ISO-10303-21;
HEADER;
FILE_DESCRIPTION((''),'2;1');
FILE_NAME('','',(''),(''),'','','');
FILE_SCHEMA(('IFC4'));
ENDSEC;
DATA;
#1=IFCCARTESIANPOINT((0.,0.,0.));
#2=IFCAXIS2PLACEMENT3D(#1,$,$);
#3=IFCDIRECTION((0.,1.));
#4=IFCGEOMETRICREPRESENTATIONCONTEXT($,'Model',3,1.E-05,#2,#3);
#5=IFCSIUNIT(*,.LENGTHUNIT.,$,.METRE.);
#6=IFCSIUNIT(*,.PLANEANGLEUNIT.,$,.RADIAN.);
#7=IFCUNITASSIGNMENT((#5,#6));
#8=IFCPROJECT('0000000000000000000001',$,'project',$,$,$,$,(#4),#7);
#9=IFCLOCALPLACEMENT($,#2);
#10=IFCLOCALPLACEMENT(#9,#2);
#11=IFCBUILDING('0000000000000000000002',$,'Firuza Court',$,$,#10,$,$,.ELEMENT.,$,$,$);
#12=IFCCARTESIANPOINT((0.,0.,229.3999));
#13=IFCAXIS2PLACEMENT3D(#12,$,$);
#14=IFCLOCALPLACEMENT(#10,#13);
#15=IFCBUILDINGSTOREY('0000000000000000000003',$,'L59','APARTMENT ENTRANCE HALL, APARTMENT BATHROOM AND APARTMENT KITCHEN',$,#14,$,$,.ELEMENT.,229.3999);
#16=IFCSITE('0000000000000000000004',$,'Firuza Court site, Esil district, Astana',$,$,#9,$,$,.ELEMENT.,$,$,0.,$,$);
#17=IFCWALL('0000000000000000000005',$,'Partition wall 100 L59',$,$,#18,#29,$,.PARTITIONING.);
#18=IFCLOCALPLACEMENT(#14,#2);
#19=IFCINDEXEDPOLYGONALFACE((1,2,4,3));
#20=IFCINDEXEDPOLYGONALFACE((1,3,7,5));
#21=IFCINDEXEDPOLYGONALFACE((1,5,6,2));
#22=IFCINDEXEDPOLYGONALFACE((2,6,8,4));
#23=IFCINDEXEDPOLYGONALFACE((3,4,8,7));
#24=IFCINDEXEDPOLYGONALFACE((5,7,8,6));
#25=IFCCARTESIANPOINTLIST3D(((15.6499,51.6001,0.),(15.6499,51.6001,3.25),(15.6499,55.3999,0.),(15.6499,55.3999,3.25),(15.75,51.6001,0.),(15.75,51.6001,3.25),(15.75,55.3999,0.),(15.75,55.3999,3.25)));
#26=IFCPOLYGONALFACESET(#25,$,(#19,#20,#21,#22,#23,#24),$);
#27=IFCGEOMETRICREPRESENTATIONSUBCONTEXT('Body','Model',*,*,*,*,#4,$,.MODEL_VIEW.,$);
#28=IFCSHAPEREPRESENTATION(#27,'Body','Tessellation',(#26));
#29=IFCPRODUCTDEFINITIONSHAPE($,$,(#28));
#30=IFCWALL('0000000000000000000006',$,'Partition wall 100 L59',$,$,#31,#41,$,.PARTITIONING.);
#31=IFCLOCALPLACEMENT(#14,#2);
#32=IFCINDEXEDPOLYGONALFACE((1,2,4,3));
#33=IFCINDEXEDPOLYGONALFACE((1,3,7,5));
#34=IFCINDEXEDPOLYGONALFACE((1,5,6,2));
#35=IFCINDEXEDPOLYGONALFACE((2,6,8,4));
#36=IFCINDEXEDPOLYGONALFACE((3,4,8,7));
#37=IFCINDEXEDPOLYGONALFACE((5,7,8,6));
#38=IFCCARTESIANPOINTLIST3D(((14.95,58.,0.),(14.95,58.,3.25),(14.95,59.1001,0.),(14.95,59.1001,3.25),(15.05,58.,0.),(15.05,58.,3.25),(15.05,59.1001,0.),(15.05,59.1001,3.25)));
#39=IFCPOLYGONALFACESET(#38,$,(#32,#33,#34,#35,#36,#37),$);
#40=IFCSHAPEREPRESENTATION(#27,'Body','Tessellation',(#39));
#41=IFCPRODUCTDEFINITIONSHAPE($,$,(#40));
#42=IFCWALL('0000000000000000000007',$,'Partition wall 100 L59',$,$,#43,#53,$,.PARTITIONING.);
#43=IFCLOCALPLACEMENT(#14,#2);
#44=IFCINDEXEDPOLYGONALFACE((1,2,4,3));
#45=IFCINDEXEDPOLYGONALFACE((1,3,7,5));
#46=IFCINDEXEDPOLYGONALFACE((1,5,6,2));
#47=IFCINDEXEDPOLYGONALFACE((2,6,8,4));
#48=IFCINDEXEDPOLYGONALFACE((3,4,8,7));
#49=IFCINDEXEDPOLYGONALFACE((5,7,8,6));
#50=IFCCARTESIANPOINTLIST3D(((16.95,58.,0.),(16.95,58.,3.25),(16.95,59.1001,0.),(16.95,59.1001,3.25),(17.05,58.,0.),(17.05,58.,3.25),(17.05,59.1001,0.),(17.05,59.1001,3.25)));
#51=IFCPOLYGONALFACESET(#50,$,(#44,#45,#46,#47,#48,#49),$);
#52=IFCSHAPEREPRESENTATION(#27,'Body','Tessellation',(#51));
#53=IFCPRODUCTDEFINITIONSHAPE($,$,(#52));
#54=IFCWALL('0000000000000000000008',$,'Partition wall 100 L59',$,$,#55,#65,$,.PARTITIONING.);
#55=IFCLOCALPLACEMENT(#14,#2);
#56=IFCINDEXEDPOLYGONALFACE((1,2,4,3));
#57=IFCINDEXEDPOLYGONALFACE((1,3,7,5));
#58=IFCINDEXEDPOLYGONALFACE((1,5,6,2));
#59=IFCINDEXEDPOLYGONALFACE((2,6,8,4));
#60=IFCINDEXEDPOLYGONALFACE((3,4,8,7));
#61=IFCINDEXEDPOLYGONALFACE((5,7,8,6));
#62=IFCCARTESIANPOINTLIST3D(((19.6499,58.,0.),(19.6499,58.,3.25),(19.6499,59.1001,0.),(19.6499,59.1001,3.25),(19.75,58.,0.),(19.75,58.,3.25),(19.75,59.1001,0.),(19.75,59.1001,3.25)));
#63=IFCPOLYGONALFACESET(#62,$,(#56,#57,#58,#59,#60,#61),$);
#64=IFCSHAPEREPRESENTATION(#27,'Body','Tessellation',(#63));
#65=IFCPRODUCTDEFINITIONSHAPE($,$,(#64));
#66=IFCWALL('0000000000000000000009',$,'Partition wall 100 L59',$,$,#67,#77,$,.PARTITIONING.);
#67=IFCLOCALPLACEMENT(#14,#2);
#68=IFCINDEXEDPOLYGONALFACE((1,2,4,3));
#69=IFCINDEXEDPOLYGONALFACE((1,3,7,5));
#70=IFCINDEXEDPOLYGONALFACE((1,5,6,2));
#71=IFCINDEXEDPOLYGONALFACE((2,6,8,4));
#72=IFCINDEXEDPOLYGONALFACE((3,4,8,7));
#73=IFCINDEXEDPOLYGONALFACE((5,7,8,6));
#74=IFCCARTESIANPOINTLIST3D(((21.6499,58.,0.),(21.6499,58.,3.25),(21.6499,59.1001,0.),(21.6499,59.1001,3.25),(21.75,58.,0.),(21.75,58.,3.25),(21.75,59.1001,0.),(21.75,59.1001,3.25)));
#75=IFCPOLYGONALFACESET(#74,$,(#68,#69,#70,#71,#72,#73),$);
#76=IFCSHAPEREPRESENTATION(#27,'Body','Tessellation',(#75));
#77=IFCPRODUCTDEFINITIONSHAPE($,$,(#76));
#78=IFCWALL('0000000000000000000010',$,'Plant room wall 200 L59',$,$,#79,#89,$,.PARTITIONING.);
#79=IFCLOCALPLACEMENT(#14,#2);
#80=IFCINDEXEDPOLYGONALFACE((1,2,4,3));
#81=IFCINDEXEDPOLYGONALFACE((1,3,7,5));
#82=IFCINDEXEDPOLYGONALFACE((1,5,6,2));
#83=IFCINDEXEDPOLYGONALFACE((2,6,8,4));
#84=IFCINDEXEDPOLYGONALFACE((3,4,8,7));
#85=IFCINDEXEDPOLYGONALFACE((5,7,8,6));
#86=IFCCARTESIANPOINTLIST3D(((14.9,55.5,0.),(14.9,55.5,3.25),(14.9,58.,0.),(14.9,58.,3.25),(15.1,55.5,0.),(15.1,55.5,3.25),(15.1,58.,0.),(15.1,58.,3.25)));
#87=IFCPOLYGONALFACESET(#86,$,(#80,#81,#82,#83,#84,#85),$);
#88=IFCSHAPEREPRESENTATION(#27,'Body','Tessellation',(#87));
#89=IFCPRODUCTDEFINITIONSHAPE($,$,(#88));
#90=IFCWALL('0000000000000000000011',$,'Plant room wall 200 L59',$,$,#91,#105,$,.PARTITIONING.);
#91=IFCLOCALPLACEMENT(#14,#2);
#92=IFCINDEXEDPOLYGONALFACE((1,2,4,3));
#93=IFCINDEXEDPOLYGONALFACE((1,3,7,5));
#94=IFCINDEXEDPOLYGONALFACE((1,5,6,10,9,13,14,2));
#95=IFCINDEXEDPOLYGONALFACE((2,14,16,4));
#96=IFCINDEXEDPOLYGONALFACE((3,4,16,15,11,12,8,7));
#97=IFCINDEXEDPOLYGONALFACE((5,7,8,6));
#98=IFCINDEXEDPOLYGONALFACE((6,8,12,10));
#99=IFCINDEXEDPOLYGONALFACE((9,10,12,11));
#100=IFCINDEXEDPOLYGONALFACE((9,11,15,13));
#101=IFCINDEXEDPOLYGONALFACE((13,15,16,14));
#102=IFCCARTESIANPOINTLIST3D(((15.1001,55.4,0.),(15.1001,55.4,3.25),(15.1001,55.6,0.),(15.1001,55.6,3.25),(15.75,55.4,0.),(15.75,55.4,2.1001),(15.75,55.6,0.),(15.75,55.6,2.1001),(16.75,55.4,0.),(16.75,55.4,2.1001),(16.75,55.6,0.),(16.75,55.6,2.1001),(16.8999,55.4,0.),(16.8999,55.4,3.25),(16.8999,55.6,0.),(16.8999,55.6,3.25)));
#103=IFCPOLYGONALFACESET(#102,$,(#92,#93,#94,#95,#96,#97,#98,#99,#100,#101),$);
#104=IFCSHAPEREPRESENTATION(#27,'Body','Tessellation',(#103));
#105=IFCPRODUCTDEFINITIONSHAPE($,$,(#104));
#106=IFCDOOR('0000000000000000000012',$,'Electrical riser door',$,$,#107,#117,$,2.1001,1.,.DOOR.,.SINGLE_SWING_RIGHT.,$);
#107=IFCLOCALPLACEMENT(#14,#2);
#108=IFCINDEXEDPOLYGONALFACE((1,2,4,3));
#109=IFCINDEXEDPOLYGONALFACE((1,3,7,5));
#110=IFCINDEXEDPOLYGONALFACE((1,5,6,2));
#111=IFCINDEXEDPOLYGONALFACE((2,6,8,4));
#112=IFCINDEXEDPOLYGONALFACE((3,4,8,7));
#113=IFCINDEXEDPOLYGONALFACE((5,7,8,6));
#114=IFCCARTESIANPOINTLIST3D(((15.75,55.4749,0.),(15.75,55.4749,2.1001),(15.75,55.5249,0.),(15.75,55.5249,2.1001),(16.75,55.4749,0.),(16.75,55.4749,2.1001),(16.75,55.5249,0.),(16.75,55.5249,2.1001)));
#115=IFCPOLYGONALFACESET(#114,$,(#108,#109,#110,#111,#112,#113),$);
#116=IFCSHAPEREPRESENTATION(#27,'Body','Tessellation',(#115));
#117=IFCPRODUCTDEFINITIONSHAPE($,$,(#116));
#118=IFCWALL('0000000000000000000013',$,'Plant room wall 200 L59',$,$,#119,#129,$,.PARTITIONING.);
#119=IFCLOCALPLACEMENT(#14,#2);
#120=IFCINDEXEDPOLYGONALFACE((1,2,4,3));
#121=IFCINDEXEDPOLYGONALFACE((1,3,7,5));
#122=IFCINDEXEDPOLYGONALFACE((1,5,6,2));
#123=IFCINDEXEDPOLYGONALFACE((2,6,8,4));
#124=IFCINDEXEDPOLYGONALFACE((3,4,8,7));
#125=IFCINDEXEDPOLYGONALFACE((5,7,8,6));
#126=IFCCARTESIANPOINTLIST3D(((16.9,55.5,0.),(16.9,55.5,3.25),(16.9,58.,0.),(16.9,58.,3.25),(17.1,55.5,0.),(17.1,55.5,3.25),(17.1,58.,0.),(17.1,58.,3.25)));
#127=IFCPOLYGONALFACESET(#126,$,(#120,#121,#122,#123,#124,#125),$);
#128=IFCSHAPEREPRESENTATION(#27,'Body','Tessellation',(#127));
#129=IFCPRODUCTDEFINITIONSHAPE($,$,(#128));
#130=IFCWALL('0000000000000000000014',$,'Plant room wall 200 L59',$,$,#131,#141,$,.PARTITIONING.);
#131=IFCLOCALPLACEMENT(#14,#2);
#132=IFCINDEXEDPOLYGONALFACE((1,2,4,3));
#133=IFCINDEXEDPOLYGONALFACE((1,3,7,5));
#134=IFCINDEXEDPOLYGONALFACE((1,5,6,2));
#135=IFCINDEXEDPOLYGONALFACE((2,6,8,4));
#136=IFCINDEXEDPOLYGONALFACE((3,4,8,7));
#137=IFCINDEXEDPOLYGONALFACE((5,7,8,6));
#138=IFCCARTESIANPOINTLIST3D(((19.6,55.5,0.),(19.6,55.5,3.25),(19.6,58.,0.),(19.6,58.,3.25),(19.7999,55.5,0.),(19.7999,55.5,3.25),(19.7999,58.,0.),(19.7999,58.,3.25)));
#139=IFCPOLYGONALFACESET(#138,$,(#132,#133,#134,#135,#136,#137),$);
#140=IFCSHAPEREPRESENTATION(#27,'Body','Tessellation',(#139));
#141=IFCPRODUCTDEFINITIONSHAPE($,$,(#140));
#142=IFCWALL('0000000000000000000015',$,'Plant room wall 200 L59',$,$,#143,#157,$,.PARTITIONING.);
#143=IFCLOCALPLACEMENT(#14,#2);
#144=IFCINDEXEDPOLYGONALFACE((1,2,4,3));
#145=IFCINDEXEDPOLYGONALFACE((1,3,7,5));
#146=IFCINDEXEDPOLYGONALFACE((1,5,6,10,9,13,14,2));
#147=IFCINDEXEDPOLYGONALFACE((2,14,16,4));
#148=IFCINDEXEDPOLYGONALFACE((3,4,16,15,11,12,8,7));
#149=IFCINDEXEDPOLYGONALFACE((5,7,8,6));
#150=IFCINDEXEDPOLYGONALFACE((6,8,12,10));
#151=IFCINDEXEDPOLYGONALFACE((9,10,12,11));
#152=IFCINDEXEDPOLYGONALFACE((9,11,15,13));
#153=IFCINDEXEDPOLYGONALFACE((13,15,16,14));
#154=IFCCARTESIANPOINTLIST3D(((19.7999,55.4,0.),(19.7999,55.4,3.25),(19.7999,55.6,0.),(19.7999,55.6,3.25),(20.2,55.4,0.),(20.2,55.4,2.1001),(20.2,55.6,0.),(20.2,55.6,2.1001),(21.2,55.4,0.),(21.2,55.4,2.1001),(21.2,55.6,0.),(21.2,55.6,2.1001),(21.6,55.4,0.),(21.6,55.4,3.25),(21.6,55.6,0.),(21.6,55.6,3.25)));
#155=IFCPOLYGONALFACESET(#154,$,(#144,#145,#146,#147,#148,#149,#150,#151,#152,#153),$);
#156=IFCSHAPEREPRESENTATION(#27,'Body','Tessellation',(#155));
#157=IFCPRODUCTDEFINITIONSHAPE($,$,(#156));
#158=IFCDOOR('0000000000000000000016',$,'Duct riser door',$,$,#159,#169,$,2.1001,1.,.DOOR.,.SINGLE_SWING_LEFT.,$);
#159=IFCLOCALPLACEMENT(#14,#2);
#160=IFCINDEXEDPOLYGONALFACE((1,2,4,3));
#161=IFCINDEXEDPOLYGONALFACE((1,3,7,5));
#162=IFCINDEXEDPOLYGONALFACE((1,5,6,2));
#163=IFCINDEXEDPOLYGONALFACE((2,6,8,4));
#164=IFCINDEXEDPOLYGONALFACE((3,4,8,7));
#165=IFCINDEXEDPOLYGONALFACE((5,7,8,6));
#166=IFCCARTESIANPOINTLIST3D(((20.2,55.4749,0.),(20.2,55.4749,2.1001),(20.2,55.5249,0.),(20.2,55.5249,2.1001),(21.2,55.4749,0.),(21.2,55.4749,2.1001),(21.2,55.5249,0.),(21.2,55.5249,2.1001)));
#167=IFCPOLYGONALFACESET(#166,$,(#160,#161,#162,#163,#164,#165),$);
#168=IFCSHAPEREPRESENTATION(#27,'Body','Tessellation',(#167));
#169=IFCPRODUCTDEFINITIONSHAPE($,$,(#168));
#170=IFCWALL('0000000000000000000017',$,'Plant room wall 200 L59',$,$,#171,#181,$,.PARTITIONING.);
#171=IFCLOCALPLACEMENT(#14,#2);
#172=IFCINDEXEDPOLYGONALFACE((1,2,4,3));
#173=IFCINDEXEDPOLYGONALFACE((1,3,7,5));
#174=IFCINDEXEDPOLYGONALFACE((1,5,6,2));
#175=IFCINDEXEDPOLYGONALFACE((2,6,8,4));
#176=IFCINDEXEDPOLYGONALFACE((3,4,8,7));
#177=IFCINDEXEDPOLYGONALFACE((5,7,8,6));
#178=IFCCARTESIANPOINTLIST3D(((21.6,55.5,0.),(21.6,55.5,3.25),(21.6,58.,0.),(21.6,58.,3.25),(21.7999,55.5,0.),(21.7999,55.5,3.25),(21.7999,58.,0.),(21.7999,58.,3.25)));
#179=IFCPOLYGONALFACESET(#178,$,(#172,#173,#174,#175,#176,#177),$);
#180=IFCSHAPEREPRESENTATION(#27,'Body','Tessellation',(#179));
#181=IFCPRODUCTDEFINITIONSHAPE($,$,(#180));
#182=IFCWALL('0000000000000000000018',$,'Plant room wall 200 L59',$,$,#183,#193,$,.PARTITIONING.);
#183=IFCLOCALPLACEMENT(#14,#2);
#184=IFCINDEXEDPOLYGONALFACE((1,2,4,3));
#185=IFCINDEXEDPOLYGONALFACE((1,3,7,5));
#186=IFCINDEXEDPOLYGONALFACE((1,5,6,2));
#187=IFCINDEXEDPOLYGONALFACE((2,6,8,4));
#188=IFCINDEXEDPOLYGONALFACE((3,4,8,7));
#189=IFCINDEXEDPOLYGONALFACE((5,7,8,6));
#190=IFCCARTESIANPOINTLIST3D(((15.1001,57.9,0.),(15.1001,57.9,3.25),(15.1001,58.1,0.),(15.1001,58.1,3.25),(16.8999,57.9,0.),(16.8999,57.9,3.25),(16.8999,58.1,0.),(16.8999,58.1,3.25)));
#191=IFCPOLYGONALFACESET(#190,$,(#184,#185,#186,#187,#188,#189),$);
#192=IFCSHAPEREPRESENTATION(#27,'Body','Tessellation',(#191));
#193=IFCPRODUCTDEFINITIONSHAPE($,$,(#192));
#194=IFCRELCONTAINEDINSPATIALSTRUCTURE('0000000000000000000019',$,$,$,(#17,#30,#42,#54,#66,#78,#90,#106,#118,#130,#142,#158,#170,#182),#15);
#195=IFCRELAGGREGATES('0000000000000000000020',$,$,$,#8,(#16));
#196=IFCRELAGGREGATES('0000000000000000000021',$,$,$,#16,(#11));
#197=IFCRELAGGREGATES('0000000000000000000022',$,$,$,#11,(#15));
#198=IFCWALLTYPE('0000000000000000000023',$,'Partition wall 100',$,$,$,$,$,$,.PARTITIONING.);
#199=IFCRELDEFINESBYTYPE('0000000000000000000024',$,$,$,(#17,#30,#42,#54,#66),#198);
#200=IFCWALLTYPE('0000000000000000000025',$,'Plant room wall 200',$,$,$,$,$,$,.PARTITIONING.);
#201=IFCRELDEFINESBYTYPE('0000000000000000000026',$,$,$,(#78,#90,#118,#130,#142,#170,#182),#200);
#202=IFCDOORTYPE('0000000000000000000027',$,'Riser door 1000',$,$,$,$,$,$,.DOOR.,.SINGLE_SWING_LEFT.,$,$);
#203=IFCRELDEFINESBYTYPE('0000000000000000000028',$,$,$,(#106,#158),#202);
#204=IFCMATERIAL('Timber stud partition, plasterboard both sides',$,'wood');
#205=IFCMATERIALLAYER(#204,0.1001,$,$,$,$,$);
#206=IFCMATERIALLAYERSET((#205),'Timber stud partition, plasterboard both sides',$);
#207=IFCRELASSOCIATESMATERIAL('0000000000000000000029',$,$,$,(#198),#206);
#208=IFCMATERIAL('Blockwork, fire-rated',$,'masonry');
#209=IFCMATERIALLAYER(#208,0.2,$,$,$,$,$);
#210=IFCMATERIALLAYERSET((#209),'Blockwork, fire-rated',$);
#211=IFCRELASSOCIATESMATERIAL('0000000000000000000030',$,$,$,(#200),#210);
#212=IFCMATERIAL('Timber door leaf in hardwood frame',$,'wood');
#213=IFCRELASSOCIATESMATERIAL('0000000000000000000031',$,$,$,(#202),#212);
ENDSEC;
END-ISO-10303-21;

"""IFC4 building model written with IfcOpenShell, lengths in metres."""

from ifc_helpers import new_model, si_unit, direction, frame, frame_2d, origin, place, context, subcontext, project, spatial, rectangle, extrude, material, layer, layer_set, type_object, element, fill, save


model = new_model("IFC4")

# Units and contexts
model_context = context("Model", 3, precision=1e-05, world=origin(), true_north=direction((0.0, 1.0)))
body_context = subcontext(model_context, "Body", "Model", "MODEL_VIEW")
ifc_project = project(units=[si_unit("LENGTHUNIT", "METRE"), si_unit("PLANEANGLEUNIT", "RADIAN")], contexts=[model_context])

# Site, building, storey
site_placement = place(None, origin())
site = spatial("IfcSite", under=ifc_project, at=site_placement, Name="Firuza Court site, Esil district, Astana", CompositionType="ELEMENT", RefElevation=0.0)
building_placement = place(site_placement, origin())
building = spatial("IfcBuilding", under=site, at=building_placement, Name="Firuza Court", CompositionType="ELEMENT")
storey_placement = place(building_placement, frame((0.0, 0.0, 229.3999)))
storey = spatial("IfcBuildingStorey", under=building, at=storey_placement, Name="L59", Description="APARTMENT ENTRANCE HALL, APARTMENT BATHROOM AND APARTMENT KITCHEN", CompositionType="ELEMENT", Elevation=229.3999)

# Walls
ifc_material_1 = material(Name="Timber stud partition, plasterboard both sides", Category="wood")
ifc_layer_1 = layer(ifc_material_1, 0.1001)
ifc_layer_set_1 = layer_set([ifc_layer_1], Name="Timber stud partition, plasterboard both sides")
wall_type_1 = type_object("IfcWallType", Name="Partition wall 100", PredefinedType="PARTITIONING", material=ifc_layer_set_1)
wall_1_placement = place(storey_placement, frame((15.7, 51.6001, 0.0), z_axis=(0.0, 0.0, 1.0), x_axis=(0.0, 1.0, 0.0)))
element("IfcWall", 1, at=wall_1_placement, inside=storey, type_object=wall_type_1, Name="Partition wall 100 L59", PredefinedType="PARTITIONING", context=body_context, shape_type="SweptSolid", body=[
    extrude(rectangle(XDim=3.7998, YDim=0.1001, at=frame_2d((1.8999, 0.0))), origin(), (0.0, 0.0, 1.0), 3.25),
])
for number, where, z_axis, x_axis, name in (
    (2, (15.0, 58.0, 0.0), (0.0, 0.0, 1.0), (0.0, 1.0, 0.0), "Partition wall 100 L59"),
    (3, (17.0, 58.0, 0.0), (0.0, 0.0, 1.0), (0.0, 1.0, 0.0), "Partition wall 100 L59"),
    (4, (19.7, 58.0, 0.0), (0.0, 0.0, 1.0), (0.0, 1.0, 0.0), "Partition wall 100 L59"),
    (5, (21.7, 58.0, 0.0), (0.0, 0.0, 1.0), (0.0, 1.0, 0.0), "Partition wall 100 L59"),
):
    element("IfcWall", number, at=place(storey_placement, frame(where, z_axis=z_axis, x_axis=x_axis)), inside=storey, type_object=wall_type_1, Name=name, PredefinedType="PARTITIONING", context=body_context, shape_type="SweptSolid", body=[
        extrude(rectangle(XDim=1.1001, YDim=0.1001, at=frame_2d((0.55, 0.0))), origin(), (0.0, 0.0, 1.0), 3.25),
    ])
ifc_material_2 = material(Name="Blockwork, fire-rated", Category="masonry")
ifc_layer_2 = layer(ifc_material_2, 0.2)
ifc_layer_set_2 = layer_set([ifc_layer_2], Name="Blockwork, fire-rated")
wall_type_2 = type_object("IfcWallType", Name="Plant room wall 200", PredefinedType="PARTITIONING", material=ifc_layer_set_2)
wall_2_placement = place(storey_placement, frame((15.0, 55.5, 0.0), z_axis=(0.0, 0.0, 1.0), x_axis=(0.0, 1.0, 0.0)))
element("IfcWall", 6, at=wall_2_placement, inside=storey, type_object=wall_type_2, Name="Plant room wall 200 L59", PredefinedType="PARTITIONING", context=body_context, shape_type="SweptSolid", body=[
    extrude(rectangle(XDim=2.5, YDim=0.2, at=frame_2d((1.25, 0.0))), origin(), (0.0, 0.0, 1.0), 3.25),
])

# Wall, opening, door
wall_3_placement = place(storey_placement, frame((15.1001, 55.5, 0.0), z_axis=(0.0, 0.0, 1.0), x_axis=(1.0, 0.0, 0.0)))
wall_3 = element("IfcWall", 7, at=wall_3_placement, inside=storey, type_object=wall_type_2, Name="Plant room wall 200 L59", PredefinedType="PARTITIONING", context=body_context, shape_type="SweptSolid", body=[
    extrude(rectangle(XDim=1.7998, YDim=0.2, at=frame_2d((0.8999, 0.0))), origin(), (0.0, 0.0, 1.0), 3.25),
])
opening_1_placement = place(wall_3_placement, frame((0.6499, 0.0, 0.0)))
opening_1 = element("IfcOpeningElement", 8, at=opening_1_placement, cuts=wall_3, PredefinedType="OPENING", context=body_context, shape_type="SweptSolid", body=[
    extrude(rectangle(XDim=1.0, YDim=2.1001, at=frame_2d((0.5, 1.05))), frame((0.0, 0.1118, 0.0), z_axis=(0.0, -1.0, 0.0), x_axis=(1.0, 0.0, 0.0)), (0.0, 0.0, 1.0), 0.2239),
])
ifc_material_3 = material(Name="Timber door leaf in hardwood frame", Category="wood")
door_type = type_object("IfcDoorType", Name="Riser door 1000", OperationType="SINGLE_SWING_LEFT", PredefinedType="DOOR", material=ifc_material_3)
door_1_placement = place(opening_1_placement, origin())
door_1 = element("IfcDoor", 9, at=door_1_placement, inside=storey, type_object=door_type, Name="Electrical riser door", OperationType="SINGLE_SWING_RIGHT", OverallHeight=2.1001, OverallWidth=1.0, PredefinedType="DOOR", context=body_context, shape_type="SweptSolid", body=[
    extrude(rectangle(XDim=1.0, YDim=2.1001, at=frame_2d((0.5, 1.05))), frame((0.0, 0.0249, 0.0), z_axis=(0.0, -1.0, 0.0), x_axis=(1.0, 0.0, 0.0)), (0.0, 0.0, 1.0), 0.05),
])
fill(opening_1, door_1)

# Walls
for number, where, z_axis, x_axis, name in (
    (10, (17.0, 55.5, 0.0), (0.0, 0.0, 1.0), (0.0, 1.0, 0.0), "Plant room wall 200 L59"),
    (11, (19.7, 55.5, 0.0), (0.0, 0.0, 1.0), (0.0, 1.0, 0.0), "Plant room wall 200 L59"),
):
    element("IfcWall", number, at=place(storey_placement, frame(where, z_axis=z_axis, x_axis=x_axis)), inside=storey, type_object=wall_type_2, Name=name, PredefinedType="PARTITIONING", context=body_context, shape_type="SweptSolid", body=[
        extrude(rectangle(XDim=2.5, YDim=0.2, at=frame_2d((1.25, 0.0))), origin(), (0.0, 0.0, 1.0), 3.25),
    ])

# Wall, opening, door
wall_4_placement = place(storey_placement, frame((19.8, 55.5, 0.0), z_axis=(0.0, 0.0, 1.0), x_axis=(1.0, 0.0, 0.0)))
wall_4 = element("IfcWall", 12, at=wall_4_placement, inside=storey, type_object=wall_type_2, Name="Plant room wall 200 L59", PredefinedType="PARTITIONING", context=body_context, shape_type="SweptSolid", body=[
    extrude(rectangle(XDim=1.8, YDim=0.2, at=frame_2d((0.8999, 0.0))), origin(), (0.0, 0.0, 1.0), 3.25),
])
opening_2_placement = place(wall_4_placement, frame((0.3999, 0.0, 0.0)))
opening_2 = element("IfcOpeningElement", 13, at=opening_2_placement, cuts=wall_4, PredefinedType="OPENING", context=body_context, shape_type="SweptSolid", body=[
    extrude(rectangle(XDim=1.0, YDim=2.1001, at=frame_2d((0.5, 1.05))), frame((0.0, 0.1118, 0.0), z_axis=(0.0, -1.0, 0.0), x_axis=(1.0, 0.0, 0.0)), (0.0, 0.0, 1.0), 0.2239),
])
door_2_placement = place(opening_2_placement, origin())
door_2 = element("IfcDoor", 14, at=door_2_placement, inside=storey, type_object=door_type, Name="Duct riser door", OperationType="SINGLE_SWING_LEFT", OverallHeight=2.1001, OverallWidth=1.0, PredefinedType="DOOR", context=body_context, shape_type="SweptSolid", body=[
    extrude(rectangle(XDim=1.0, YDim=2.1001, at=frame_2d((0.5, 1.05))), frame((0.0, 0.0249, 0.0), z_axis=(0.0, -1.0, 0.0), x_axis=(1.0, 0.0, 0.0)), (0.0, 0.0, 1.0), 0.05),
])
fill(opening_2, door_2)

# Walls
wall_5_placement = place(storey_placement, frame((21.7, 55.5, 0.0), z_axis=(0.0, 0.0, 1.0), x_axis=(0.0, 1.0, 0.0)))
element("IfcWall", 15, at=wall_5_placement, inside=storey, type_object=wall_type_2, Name="Plant room wall 200 L59", PredefinedType="PARTITIONING", context=body_context, shape_type="SweptSolid", body=[
    extrude(rectangle(XDim=2.5, YDim=0.2, at=frame_2d((1.25, 0.0))), origin(), (0.0, 0.0, 1.0), 3.25),
])
wall_6_placement = place(storey_placement, frame((15.1001, 58.0, 0.0), z_axis=(0.0, 0.0, 1.0), x_axis=(1.0, 0.0, 0.0)))
element("IfcWall", 16, at=wall_6_placement, inside=storey, type_object=wall_type_2, Name="Plant room wall 200 L59", PredefinedType="PARTITIONING", context=body_context, shape_type="SweptSolid", body=[
    extrude(rectangle(XDim=1.7998, YDim=0.2, at=frame_2d((0.8999, 0.0))), origin(), (0.0, 0.0, 1.0), 3.25),
])

save(model, "model.ifc")
